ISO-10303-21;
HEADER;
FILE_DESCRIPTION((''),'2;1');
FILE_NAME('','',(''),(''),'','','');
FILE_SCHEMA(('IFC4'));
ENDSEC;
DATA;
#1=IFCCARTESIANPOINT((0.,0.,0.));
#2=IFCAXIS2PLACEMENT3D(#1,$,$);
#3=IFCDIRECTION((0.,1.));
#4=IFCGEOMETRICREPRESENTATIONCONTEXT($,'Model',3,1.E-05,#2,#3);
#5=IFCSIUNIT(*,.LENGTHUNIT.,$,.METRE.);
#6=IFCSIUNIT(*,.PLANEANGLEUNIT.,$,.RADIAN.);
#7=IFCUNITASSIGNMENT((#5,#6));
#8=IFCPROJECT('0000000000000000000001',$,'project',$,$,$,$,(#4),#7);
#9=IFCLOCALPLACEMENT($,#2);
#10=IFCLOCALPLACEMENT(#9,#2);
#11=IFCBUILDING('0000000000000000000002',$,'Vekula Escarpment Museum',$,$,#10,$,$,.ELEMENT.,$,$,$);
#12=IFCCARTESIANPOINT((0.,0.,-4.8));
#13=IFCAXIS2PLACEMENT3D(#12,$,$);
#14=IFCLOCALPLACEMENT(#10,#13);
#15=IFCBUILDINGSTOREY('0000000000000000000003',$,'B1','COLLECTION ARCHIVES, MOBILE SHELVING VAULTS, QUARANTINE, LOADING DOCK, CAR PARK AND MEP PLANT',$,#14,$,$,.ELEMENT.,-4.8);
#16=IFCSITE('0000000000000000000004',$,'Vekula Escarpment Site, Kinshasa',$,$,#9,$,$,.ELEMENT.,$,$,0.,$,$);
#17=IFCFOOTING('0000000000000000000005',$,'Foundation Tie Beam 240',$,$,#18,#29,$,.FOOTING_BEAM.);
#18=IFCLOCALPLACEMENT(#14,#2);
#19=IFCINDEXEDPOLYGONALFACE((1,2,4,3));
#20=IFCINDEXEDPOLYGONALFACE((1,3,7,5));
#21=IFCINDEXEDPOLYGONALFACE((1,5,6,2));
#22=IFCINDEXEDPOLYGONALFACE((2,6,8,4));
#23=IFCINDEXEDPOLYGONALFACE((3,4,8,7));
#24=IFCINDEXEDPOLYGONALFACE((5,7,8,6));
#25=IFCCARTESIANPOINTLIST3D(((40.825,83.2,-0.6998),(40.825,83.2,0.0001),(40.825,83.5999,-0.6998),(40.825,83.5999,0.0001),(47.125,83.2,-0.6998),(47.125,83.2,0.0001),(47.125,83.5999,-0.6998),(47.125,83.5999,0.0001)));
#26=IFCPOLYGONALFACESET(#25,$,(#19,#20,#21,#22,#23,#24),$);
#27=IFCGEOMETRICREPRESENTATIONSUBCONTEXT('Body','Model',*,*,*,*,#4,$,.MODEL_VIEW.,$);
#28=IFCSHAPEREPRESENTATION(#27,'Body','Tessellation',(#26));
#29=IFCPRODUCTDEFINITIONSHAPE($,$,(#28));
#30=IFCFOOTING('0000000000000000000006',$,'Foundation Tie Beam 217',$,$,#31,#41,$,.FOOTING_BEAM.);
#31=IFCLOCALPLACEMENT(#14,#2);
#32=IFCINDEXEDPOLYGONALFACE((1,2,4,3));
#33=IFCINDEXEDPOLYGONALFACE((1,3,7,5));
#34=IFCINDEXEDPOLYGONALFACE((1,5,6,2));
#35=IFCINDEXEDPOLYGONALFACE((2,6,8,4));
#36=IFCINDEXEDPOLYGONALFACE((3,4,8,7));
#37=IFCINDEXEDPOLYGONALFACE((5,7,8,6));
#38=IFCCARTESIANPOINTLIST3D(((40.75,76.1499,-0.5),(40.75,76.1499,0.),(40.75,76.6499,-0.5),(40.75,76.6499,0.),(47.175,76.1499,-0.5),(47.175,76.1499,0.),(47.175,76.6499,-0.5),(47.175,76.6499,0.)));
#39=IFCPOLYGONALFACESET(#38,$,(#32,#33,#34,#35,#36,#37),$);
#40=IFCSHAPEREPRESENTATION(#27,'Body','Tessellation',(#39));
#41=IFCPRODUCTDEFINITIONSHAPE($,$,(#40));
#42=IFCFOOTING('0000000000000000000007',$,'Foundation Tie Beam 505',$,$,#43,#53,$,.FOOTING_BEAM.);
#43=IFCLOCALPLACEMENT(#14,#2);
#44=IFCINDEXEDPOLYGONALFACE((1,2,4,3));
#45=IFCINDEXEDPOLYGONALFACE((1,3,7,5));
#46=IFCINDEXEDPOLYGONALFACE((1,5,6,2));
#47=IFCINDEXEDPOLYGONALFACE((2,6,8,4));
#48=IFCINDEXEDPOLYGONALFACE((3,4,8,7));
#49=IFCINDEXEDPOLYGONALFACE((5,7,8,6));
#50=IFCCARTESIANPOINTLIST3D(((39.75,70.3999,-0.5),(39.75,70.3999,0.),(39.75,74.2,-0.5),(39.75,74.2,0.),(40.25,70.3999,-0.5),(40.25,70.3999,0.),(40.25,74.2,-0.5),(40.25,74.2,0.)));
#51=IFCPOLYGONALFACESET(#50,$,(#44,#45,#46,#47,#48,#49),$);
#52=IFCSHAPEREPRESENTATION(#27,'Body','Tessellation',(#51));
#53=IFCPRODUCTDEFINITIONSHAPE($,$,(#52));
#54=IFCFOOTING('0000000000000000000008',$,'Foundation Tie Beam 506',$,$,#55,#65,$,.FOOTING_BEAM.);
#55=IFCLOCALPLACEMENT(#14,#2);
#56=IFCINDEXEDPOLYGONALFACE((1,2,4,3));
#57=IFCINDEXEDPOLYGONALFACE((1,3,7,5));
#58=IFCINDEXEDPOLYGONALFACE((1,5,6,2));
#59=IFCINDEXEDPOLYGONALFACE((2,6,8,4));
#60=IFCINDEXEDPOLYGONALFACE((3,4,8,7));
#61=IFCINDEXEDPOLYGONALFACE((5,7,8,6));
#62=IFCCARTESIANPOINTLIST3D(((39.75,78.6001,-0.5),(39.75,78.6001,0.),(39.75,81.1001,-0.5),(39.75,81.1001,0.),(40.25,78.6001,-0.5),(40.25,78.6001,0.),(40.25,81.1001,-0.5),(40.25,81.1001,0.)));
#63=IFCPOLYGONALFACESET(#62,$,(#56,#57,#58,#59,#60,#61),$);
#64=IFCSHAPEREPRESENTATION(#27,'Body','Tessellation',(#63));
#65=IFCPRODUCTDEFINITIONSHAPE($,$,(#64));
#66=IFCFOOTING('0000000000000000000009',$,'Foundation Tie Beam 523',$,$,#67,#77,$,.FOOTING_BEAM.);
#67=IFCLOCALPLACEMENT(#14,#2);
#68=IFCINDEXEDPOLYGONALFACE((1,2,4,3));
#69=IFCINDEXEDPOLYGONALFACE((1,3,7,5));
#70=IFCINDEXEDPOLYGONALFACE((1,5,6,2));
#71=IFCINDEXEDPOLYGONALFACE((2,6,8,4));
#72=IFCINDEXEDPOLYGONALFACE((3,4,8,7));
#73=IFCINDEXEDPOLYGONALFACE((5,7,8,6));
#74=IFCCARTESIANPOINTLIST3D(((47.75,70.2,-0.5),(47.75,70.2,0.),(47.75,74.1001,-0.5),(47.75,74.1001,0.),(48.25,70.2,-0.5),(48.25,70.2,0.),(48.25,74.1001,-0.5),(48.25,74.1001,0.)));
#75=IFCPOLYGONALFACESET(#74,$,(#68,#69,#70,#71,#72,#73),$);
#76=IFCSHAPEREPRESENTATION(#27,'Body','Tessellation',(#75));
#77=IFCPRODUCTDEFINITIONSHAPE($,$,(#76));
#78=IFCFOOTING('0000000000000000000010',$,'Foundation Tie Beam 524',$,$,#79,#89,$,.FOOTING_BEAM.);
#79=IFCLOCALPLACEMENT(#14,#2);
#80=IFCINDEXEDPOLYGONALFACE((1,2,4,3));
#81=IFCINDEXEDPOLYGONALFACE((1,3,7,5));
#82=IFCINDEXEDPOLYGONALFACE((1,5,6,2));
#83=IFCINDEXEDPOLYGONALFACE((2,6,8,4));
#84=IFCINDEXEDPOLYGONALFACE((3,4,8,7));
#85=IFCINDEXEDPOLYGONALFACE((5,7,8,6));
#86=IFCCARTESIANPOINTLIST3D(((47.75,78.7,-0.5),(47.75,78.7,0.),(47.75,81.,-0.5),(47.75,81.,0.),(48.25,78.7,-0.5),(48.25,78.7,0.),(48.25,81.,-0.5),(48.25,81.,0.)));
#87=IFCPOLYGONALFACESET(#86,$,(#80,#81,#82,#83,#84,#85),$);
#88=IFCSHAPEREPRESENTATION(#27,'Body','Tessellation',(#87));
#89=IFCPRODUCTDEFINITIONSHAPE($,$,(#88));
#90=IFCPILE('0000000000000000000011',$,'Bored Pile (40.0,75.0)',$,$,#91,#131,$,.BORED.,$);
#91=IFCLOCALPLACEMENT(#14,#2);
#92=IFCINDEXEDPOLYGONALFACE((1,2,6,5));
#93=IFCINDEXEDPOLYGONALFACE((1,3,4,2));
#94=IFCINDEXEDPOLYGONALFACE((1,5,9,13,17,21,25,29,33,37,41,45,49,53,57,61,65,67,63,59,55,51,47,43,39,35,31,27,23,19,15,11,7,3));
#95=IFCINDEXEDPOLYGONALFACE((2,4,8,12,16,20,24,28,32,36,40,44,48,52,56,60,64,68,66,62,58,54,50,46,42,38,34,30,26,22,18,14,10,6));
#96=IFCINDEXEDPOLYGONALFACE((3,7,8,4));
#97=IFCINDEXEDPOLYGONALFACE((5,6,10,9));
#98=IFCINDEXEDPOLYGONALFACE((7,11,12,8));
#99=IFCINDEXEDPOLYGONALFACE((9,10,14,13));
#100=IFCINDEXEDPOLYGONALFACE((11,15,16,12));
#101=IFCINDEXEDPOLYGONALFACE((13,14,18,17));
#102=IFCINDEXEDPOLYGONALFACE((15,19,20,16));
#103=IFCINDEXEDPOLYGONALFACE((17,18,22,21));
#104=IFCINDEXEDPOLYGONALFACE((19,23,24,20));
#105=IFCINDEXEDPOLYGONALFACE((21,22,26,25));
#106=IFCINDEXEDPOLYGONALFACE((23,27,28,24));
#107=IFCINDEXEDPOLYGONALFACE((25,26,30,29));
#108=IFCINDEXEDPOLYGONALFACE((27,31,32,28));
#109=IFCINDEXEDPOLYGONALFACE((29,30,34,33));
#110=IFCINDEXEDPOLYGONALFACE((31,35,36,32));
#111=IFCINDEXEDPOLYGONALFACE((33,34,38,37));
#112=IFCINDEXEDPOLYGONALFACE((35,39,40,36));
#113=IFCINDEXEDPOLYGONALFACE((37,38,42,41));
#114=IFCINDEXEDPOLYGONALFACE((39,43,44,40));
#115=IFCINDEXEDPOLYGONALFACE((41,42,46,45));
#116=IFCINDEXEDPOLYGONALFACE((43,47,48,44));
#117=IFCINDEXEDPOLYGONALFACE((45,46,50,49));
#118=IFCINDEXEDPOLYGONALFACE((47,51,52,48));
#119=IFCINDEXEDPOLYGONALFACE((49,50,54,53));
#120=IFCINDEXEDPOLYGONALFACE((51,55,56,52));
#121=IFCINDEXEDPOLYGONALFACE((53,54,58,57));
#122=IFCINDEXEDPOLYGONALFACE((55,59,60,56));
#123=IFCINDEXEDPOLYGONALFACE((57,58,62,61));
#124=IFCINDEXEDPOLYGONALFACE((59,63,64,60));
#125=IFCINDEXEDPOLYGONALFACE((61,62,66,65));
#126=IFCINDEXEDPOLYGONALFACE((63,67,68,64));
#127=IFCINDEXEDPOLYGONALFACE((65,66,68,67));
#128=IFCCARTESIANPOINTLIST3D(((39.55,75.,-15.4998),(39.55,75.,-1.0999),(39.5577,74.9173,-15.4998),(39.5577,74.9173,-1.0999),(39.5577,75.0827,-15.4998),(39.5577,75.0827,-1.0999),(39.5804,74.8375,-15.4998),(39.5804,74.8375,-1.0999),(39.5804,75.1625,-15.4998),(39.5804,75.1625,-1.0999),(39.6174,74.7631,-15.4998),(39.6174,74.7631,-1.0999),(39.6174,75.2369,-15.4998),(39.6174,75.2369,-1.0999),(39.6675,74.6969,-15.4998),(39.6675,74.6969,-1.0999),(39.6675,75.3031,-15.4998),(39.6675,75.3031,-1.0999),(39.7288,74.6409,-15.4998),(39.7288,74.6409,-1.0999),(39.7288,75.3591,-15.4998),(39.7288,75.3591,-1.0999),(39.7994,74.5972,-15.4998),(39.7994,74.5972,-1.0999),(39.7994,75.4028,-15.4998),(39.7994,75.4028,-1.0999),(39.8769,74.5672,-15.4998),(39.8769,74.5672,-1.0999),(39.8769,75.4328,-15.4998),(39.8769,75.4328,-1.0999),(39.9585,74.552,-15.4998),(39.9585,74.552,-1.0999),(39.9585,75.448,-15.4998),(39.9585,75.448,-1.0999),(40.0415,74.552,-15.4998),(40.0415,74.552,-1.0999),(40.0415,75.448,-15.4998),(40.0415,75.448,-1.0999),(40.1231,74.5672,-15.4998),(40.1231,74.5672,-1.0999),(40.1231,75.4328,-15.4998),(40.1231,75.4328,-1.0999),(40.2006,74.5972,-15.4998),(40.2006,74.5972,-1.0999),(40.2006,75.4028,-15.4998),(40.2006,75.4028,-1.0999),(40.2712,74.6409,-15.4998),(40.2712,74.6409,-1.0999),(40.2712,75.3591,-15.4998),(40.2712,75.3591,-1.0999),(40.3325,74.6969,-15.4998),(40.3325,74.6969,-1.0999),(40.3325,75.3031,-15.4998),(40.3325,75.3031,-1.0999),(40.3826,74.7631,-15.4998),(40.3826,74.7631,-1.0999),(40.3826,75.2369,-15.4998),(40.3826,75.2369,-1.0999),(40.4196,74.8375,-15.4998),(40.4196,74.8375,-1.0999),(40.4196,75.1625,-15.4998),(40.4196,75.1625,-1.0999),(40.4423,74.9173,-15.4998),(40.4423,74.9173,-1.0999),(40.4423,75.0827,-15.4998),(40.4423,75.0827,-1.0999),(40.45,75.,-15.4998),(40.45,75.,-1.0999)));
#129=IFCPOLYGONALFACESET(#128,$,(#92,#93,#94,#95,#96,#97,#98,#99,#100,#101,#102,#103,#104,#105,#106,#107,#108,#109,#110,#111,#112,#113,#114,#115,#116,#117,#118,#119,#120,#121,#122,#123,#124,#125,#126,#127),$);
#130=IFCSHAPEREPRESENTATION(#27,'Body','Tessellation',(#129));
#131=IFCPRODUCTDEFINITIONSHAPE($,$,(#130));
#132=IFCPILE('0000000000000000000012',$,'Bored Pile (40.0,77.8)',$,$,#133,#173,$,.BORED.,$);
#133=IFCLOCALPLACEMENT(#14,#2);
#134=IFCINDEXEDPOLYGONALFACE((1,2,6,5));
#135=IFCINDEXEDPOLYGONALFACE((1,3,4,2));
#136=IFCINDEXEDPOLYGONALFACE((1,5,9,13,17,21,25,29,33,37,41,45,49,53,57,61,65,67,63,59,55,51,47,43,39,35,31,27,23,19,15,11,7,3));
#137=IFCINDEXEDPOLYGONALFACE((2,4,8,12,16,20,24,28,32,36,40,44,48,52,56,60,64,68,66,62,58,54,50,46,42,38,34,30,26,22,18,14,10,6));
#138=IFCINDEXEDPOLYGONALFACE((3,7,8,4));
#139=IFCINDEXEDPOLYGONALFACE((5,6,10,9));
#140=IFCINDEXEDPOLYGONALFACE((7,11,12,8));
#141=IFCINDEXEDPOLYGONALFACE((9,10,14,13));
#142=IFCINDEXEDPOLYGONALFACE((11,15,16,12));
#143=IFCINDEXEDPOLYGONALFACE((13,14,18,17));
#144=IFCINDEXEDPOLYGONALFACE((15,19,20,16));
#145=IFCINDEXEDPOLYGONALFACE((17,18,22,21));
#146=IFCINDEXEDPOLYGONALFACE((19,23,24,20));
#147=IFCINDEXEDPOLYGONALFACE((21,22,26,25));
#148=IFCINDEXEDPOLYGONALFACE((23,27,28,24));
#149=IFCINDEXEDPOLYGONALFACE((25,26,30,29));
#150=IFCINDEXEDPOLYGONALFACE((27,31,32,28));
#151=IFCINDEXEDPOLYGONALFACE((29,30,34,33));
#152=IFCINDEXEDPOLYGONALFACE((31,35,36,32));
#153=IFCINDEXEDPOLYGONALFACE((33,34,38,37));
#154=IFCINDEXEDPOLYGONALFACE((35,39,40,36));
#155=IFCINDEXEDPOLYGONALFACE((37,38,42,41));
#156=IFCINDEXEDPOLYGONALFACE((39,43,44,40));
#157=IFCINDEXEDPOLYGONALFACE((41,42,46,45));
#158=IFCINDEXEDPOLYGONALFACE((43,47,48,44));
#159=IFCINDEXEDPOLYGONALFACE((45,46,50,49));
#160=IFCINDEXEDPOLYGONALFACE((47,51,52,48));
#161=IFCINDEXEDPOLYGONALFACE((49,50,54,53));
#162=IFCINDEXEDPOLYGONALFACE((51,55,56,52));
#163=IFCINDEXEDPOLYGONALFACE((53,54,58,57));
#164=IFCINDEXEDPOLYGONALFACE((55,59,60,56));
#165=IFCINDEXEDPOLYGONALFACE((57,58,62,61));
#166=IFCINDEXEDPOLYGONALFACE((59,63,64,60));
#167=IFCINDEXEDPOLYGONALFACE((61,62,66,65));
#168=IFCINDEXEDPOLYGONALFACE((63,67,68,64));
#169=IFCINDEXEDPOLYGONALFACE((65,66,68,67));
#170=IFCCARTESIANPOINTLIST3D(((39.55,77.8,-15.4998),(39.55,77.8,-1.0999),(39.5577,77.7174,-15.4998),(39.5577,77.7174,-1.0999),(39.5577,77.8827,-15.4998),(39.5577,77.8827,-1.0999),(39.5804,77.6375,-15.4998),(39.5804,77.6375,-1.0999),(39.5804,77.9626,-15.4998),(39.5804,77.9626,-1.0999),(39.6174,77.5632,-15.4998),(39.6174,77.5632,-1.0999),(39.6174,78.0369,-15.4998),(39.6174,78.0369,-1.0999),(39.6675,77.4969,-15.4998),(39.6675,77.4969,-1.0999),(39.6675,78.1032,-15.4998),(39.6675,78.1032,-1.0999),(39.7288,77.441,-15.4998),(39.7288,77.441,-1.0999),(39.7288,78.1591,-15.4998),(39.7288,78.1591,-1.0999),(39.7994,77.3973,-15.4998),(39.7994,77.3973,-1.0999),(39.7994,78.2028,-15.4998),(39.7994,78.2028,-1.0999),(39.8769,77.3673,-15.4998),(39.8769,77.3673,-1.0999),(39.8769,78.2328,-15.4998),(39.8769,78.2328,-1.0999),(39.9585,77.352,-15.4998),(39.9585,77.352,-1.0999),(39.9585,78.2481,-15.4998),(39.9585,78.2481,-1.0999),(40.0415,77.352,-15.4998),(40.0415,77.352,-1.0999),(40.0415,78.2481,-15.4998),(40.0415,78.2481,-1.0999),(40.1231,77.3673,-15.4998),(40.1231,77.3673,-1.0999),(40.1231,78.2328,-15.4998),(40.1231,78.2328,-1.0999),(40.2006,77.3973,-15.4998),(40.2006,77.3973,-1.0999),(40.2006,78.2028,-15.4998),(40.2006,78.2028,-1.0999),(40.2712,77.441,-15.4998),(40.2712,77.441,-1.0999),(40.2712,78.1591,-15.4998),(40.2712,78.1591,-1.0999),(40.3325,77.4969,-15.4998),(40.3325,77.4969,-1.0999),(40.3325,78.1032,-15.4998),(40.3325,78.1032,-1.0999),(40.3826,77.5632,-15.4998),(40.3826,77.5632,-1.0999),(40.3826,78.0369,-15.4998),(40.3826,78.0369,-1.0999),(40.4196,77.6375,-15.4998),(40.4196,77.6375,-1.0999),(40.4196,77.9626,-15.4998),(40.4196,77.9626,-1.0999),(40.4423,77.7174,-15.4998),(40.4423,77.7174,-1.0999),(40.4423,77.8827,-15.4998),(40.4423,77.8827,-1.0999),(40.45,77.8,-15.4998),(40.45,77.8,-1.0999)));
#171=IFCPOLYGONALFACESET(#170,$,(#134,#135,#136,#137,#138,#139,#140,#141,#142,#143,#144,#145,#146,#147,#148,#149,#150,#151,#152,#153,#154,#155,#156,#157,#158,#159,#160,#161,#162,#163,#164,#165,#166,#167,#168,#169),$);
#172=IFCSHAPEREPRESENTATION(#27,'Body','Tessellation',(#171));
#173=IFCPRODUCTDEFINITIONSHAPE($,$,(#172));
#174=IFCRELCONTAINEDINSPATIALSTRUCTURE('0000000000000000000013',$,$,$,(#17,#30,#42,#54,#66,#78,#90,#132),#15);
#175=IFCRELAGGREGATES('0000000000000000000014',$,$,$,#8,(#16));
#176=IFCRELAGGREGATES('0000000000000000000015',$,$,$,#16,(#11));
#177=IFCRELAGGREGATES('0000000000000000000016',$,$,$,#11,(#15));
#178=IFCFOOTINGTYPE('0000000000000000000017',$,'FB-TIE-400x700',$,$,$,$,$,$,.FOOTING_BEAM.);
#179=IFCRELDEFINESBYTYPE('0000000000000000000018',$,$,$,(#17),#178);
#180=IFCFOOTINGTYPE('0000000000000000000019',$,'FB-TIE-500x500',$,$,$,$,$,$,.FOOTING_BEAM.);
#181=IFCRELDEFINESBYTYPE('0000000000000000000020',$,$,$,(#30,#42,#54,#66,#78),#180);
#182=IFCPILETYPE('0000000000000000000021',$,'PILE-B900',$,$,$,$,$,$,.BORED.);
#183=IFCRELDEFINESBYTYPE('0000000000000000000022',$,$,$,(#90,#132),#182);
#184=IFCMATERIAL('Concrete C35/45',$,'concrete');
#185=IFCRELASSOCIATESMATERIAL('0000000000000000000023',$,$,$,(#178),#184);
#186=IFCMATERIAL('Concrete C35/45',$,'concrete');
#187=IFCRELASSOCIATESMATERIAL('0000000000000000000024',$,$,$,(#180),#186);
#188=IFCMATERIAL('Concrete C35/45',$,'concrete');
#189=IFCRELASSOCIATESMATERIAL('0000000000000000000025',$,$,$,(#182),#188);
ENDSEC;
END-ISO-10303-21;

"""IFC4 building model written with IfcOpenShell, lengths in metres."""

from ifc_helpers import new_model, si_unit, direction, frame, origin, origin_2d, place, context, subcontext, project, spatial, rectangle, circle, extrude, material, material_profile, profile_set, type_object, element, save


model = new_model("IFC4")

# Units and contexts
model_context = context("Model", 3, precision=1e-05, world=origin(), true_north=direction((0.0, 1.0)))
body_context = subcontext(model_context, "Body", "Model", "MODEL_VIEW")
ifc_project = project(units=[si_unit("LENGTHUNIT", "METRE"), si_unit("PLANEANGLEUNIT", "RADIAN")], contexts=[model_context])

# Site, building, storey
site_placement = place(None, origin())
site = spatial("IfcSite", under=ifc_project, at=site_placement, Name="Vekula Escarpment Site, Kinshasa", CompositionType="ELEMENT", RefElevation=0.0)
building_placement = place(site_placement, origin())
building = spatial("IfcBuilding", under=site, at=building_placement, Name="Vekula Escarpment Museum", CompositionType="ELEMENT")
storey_placement = place(building_placement, frame((0.0, 0.0, -4.8)))
storey = spatial("IfcBuildingStorey", under=building, at=storey_placement, Name="B1", Description="COLLECTION ARCHIVES, MOBILE SHELVING VAULTS, QUARANTINE, LOADING DOCK, CAR PARK AND MEP PLANT", CompositionType="ELEMENT", Elevation=-4.8)

# Footings
ifc_material_1 = material(Name="Concrete C35/45", Category="concrete")
ifc_material_profile_1 = material_profile(ifc_material_1, rectangle(XDim=0.3999, YDim=0.7, at=origin_2d()), Name="RC 400x700")
ifc_profile_set_1 = profile_set([ifc_material_profile_1], Name="Concrete C35/45")
footing_type_1 = type_object("IfcFootingType", Name="FB-TIE-400x700", PredefinedType="FOOTING_BEAM", material=ifc_profile_set_1)
footing_1_placement = place(storey_placement, frame((40.825, 83.3999, -0.3499), z_axis=(1.0, 0.0, 0.0), x_axis=(0.0, 1.0, 0.0)))
element("IfcFooting", 1, at=footing_1_placement, inside=storey, type_object=footing_type_1, Name="Foundation Tie Beam 240", PredefinedType="FOOTING_BEAM", context=body_context, shape_type="SweptSolid", body=[
    extrude(rectangle(XDim=0.3999, YDim=0.7, at=origin_2d()), origin(), (0.0, 0.0, 1.0), 6.3),
])
ifc_material_2 = material(Name="Concrete C35/45", Category="concrete")
ifc_material_profile_2 = material_profile(ifc_material_2, rectangle(XDim=0.5, YDim=0.5, at=origin_2d()), Name="RC 500x500")
ifc_profile_set_2 = profile_set([ifc_material_profile_2], Name="Concrete C35/45")
footing_type_2 = type_object("IfcFootingType", Name="FB-TIE-500x500", PredefinedType="FOOTING_BEAM", material=ifc_profile_set_2)
footing_2_placement = place(storey_placement, frame((40.75, 76.3999, -0.25), z_axis=(1.0, 0.0, 0.0), x_axis=(0.0, 1.0, 0.0)))
element("IfcFooting", 2, at=footing_2_placement, inside=storey, type_object=footing_type_2, Name="Foundation Tie Beam 217", PredefinedType="FOOTING_BEAM", context=body_context, shape_type="SweptSolid", body=[
    extrude(rectangle(XDim=0.5, YDim=0.5, at=origin_2d()), origin(), (0.0, 0.0, 1.0), 6.425),
])
footing_3_placement = place(storey_placement, frame((40.0, 70.3999, -0.25), z_axis=(0.0, 1.0, 0.0), x_axis=(-1.0, 0.0, 0.0)))
element("IfcFooting", 3, at=footing_3_placement, inside=storey, type_object=footing_type_2, Name="Foundation Tie Beam 505", PredefinedType="FOOTING_BEAM", context=body_context, shape_type="SweptSolid", body=[
    extrude(rectangle(XDim=0.5, YDim=0.5, at=origin_2d()), origin(), (0.0, 0.0, 1.0), 3.8),
])
footing_4_placement = place(storey_placement, frame((40.0, 78.6001, -0.25), z_axis=(0.0, 1.0, 0.0), x_axis=(-1.0, 0.0, 0.0)))
element("IfcFooting", 4, at=footing_4_placement, inside=storey, type_object=footing_type_2, Name="Foundation Tie Beam 506", PredefinedType="FOOTING_BEAM", context=body_context, shape_type="SweptSolid", body=[
    extrude(rectangle(XDim=0.5, YDim=0.5, at=origin_2d()), origin(), (0.0, 0.0, 1.0), 2.5),
])
footing_5_placement = place(storey_placement, frame((48.0, 70.2, -0.25), z_axis=(0.0, 1.0, 0.0), x_axis=(-1.0, 0.0, 0.0)))
element("IfcFooting", 5, at=footing_5_placement, inside=storey, type_object=footing_type_2, Name="Foundation Tie Beam 523", PredefinedType="FOOTING_BEAM", context=body_context, shape_type="SweptSolid", body=[
    extrude(rectangle(XDim=0.5, YDim=0.5, at=origin_2d()), origin(), (0.0, 0.0, 1.0), 3.9001),
])
footing_6_placement = place(storey_placement, frame((48.0, 78.7, -0.25), z_axis=(0.0, 1.0, 0.0), x_axis=(-1.0, 0.0, 0.0)))
element("IfcFooting", 6, at=footing_6_placement, inside=storey, type_object=footing_type_2, Name="Foundation Tie Beam 524", PredefinedType="FOOTING_BEAM", context=body_context, shape_type="SweptSolid", body=[
    extrude(rectangle(XDim=0.5, YDim=0.5, at=origin_2d()), origin(), (0.0, 0.0, 1.0), 2.3),
])

# Piles
ifc_material_3 = material(Name="Concrete C35/45", Category="concrete")
ifc_material_profile_3 = material_profile(ifc_material_3, circle(Radius=0.45, at=origin_2d()), Name="BORED PILE 900")
ifc_profile_set_3 = profile_set([ifc_material_profile_3], Name="Concrete C35/45")
pile_type = type_object("IfcPileType", Name="PILE-B900", PredefinedType="BORED", material=ifc_profile_set_3)
for number, where, z_axis, x_axis, name in (
    (7, (40.0, 75.0, -1.0999), (0.0, 0.0, -1.0), (1.0, 0.0, 0.0), "Bored Pile (40.0,75.0)"),
    (8, (40.0, 77.8, -1.0999), (0.0, 0.0, -1.0), (1.0, 0.0, 0.0), "Bored Pile (40.0,77.8)"),
):
    element("IfcPile", number, at=place(storey_placement, frame(where, z_axis=z_axis, x_axis=x_axis)), inside=storey, type_object=pile_type, Name=name, PredefinedType="BORED", context=body_context, shape_type="SweptSolid", body=[
        extrude(circle(Radius=0.45, at=origin_2d()), origin(), (0.0, 0.0, 1.0), 14.3999),
    ])

save(model, "model.ifc")
